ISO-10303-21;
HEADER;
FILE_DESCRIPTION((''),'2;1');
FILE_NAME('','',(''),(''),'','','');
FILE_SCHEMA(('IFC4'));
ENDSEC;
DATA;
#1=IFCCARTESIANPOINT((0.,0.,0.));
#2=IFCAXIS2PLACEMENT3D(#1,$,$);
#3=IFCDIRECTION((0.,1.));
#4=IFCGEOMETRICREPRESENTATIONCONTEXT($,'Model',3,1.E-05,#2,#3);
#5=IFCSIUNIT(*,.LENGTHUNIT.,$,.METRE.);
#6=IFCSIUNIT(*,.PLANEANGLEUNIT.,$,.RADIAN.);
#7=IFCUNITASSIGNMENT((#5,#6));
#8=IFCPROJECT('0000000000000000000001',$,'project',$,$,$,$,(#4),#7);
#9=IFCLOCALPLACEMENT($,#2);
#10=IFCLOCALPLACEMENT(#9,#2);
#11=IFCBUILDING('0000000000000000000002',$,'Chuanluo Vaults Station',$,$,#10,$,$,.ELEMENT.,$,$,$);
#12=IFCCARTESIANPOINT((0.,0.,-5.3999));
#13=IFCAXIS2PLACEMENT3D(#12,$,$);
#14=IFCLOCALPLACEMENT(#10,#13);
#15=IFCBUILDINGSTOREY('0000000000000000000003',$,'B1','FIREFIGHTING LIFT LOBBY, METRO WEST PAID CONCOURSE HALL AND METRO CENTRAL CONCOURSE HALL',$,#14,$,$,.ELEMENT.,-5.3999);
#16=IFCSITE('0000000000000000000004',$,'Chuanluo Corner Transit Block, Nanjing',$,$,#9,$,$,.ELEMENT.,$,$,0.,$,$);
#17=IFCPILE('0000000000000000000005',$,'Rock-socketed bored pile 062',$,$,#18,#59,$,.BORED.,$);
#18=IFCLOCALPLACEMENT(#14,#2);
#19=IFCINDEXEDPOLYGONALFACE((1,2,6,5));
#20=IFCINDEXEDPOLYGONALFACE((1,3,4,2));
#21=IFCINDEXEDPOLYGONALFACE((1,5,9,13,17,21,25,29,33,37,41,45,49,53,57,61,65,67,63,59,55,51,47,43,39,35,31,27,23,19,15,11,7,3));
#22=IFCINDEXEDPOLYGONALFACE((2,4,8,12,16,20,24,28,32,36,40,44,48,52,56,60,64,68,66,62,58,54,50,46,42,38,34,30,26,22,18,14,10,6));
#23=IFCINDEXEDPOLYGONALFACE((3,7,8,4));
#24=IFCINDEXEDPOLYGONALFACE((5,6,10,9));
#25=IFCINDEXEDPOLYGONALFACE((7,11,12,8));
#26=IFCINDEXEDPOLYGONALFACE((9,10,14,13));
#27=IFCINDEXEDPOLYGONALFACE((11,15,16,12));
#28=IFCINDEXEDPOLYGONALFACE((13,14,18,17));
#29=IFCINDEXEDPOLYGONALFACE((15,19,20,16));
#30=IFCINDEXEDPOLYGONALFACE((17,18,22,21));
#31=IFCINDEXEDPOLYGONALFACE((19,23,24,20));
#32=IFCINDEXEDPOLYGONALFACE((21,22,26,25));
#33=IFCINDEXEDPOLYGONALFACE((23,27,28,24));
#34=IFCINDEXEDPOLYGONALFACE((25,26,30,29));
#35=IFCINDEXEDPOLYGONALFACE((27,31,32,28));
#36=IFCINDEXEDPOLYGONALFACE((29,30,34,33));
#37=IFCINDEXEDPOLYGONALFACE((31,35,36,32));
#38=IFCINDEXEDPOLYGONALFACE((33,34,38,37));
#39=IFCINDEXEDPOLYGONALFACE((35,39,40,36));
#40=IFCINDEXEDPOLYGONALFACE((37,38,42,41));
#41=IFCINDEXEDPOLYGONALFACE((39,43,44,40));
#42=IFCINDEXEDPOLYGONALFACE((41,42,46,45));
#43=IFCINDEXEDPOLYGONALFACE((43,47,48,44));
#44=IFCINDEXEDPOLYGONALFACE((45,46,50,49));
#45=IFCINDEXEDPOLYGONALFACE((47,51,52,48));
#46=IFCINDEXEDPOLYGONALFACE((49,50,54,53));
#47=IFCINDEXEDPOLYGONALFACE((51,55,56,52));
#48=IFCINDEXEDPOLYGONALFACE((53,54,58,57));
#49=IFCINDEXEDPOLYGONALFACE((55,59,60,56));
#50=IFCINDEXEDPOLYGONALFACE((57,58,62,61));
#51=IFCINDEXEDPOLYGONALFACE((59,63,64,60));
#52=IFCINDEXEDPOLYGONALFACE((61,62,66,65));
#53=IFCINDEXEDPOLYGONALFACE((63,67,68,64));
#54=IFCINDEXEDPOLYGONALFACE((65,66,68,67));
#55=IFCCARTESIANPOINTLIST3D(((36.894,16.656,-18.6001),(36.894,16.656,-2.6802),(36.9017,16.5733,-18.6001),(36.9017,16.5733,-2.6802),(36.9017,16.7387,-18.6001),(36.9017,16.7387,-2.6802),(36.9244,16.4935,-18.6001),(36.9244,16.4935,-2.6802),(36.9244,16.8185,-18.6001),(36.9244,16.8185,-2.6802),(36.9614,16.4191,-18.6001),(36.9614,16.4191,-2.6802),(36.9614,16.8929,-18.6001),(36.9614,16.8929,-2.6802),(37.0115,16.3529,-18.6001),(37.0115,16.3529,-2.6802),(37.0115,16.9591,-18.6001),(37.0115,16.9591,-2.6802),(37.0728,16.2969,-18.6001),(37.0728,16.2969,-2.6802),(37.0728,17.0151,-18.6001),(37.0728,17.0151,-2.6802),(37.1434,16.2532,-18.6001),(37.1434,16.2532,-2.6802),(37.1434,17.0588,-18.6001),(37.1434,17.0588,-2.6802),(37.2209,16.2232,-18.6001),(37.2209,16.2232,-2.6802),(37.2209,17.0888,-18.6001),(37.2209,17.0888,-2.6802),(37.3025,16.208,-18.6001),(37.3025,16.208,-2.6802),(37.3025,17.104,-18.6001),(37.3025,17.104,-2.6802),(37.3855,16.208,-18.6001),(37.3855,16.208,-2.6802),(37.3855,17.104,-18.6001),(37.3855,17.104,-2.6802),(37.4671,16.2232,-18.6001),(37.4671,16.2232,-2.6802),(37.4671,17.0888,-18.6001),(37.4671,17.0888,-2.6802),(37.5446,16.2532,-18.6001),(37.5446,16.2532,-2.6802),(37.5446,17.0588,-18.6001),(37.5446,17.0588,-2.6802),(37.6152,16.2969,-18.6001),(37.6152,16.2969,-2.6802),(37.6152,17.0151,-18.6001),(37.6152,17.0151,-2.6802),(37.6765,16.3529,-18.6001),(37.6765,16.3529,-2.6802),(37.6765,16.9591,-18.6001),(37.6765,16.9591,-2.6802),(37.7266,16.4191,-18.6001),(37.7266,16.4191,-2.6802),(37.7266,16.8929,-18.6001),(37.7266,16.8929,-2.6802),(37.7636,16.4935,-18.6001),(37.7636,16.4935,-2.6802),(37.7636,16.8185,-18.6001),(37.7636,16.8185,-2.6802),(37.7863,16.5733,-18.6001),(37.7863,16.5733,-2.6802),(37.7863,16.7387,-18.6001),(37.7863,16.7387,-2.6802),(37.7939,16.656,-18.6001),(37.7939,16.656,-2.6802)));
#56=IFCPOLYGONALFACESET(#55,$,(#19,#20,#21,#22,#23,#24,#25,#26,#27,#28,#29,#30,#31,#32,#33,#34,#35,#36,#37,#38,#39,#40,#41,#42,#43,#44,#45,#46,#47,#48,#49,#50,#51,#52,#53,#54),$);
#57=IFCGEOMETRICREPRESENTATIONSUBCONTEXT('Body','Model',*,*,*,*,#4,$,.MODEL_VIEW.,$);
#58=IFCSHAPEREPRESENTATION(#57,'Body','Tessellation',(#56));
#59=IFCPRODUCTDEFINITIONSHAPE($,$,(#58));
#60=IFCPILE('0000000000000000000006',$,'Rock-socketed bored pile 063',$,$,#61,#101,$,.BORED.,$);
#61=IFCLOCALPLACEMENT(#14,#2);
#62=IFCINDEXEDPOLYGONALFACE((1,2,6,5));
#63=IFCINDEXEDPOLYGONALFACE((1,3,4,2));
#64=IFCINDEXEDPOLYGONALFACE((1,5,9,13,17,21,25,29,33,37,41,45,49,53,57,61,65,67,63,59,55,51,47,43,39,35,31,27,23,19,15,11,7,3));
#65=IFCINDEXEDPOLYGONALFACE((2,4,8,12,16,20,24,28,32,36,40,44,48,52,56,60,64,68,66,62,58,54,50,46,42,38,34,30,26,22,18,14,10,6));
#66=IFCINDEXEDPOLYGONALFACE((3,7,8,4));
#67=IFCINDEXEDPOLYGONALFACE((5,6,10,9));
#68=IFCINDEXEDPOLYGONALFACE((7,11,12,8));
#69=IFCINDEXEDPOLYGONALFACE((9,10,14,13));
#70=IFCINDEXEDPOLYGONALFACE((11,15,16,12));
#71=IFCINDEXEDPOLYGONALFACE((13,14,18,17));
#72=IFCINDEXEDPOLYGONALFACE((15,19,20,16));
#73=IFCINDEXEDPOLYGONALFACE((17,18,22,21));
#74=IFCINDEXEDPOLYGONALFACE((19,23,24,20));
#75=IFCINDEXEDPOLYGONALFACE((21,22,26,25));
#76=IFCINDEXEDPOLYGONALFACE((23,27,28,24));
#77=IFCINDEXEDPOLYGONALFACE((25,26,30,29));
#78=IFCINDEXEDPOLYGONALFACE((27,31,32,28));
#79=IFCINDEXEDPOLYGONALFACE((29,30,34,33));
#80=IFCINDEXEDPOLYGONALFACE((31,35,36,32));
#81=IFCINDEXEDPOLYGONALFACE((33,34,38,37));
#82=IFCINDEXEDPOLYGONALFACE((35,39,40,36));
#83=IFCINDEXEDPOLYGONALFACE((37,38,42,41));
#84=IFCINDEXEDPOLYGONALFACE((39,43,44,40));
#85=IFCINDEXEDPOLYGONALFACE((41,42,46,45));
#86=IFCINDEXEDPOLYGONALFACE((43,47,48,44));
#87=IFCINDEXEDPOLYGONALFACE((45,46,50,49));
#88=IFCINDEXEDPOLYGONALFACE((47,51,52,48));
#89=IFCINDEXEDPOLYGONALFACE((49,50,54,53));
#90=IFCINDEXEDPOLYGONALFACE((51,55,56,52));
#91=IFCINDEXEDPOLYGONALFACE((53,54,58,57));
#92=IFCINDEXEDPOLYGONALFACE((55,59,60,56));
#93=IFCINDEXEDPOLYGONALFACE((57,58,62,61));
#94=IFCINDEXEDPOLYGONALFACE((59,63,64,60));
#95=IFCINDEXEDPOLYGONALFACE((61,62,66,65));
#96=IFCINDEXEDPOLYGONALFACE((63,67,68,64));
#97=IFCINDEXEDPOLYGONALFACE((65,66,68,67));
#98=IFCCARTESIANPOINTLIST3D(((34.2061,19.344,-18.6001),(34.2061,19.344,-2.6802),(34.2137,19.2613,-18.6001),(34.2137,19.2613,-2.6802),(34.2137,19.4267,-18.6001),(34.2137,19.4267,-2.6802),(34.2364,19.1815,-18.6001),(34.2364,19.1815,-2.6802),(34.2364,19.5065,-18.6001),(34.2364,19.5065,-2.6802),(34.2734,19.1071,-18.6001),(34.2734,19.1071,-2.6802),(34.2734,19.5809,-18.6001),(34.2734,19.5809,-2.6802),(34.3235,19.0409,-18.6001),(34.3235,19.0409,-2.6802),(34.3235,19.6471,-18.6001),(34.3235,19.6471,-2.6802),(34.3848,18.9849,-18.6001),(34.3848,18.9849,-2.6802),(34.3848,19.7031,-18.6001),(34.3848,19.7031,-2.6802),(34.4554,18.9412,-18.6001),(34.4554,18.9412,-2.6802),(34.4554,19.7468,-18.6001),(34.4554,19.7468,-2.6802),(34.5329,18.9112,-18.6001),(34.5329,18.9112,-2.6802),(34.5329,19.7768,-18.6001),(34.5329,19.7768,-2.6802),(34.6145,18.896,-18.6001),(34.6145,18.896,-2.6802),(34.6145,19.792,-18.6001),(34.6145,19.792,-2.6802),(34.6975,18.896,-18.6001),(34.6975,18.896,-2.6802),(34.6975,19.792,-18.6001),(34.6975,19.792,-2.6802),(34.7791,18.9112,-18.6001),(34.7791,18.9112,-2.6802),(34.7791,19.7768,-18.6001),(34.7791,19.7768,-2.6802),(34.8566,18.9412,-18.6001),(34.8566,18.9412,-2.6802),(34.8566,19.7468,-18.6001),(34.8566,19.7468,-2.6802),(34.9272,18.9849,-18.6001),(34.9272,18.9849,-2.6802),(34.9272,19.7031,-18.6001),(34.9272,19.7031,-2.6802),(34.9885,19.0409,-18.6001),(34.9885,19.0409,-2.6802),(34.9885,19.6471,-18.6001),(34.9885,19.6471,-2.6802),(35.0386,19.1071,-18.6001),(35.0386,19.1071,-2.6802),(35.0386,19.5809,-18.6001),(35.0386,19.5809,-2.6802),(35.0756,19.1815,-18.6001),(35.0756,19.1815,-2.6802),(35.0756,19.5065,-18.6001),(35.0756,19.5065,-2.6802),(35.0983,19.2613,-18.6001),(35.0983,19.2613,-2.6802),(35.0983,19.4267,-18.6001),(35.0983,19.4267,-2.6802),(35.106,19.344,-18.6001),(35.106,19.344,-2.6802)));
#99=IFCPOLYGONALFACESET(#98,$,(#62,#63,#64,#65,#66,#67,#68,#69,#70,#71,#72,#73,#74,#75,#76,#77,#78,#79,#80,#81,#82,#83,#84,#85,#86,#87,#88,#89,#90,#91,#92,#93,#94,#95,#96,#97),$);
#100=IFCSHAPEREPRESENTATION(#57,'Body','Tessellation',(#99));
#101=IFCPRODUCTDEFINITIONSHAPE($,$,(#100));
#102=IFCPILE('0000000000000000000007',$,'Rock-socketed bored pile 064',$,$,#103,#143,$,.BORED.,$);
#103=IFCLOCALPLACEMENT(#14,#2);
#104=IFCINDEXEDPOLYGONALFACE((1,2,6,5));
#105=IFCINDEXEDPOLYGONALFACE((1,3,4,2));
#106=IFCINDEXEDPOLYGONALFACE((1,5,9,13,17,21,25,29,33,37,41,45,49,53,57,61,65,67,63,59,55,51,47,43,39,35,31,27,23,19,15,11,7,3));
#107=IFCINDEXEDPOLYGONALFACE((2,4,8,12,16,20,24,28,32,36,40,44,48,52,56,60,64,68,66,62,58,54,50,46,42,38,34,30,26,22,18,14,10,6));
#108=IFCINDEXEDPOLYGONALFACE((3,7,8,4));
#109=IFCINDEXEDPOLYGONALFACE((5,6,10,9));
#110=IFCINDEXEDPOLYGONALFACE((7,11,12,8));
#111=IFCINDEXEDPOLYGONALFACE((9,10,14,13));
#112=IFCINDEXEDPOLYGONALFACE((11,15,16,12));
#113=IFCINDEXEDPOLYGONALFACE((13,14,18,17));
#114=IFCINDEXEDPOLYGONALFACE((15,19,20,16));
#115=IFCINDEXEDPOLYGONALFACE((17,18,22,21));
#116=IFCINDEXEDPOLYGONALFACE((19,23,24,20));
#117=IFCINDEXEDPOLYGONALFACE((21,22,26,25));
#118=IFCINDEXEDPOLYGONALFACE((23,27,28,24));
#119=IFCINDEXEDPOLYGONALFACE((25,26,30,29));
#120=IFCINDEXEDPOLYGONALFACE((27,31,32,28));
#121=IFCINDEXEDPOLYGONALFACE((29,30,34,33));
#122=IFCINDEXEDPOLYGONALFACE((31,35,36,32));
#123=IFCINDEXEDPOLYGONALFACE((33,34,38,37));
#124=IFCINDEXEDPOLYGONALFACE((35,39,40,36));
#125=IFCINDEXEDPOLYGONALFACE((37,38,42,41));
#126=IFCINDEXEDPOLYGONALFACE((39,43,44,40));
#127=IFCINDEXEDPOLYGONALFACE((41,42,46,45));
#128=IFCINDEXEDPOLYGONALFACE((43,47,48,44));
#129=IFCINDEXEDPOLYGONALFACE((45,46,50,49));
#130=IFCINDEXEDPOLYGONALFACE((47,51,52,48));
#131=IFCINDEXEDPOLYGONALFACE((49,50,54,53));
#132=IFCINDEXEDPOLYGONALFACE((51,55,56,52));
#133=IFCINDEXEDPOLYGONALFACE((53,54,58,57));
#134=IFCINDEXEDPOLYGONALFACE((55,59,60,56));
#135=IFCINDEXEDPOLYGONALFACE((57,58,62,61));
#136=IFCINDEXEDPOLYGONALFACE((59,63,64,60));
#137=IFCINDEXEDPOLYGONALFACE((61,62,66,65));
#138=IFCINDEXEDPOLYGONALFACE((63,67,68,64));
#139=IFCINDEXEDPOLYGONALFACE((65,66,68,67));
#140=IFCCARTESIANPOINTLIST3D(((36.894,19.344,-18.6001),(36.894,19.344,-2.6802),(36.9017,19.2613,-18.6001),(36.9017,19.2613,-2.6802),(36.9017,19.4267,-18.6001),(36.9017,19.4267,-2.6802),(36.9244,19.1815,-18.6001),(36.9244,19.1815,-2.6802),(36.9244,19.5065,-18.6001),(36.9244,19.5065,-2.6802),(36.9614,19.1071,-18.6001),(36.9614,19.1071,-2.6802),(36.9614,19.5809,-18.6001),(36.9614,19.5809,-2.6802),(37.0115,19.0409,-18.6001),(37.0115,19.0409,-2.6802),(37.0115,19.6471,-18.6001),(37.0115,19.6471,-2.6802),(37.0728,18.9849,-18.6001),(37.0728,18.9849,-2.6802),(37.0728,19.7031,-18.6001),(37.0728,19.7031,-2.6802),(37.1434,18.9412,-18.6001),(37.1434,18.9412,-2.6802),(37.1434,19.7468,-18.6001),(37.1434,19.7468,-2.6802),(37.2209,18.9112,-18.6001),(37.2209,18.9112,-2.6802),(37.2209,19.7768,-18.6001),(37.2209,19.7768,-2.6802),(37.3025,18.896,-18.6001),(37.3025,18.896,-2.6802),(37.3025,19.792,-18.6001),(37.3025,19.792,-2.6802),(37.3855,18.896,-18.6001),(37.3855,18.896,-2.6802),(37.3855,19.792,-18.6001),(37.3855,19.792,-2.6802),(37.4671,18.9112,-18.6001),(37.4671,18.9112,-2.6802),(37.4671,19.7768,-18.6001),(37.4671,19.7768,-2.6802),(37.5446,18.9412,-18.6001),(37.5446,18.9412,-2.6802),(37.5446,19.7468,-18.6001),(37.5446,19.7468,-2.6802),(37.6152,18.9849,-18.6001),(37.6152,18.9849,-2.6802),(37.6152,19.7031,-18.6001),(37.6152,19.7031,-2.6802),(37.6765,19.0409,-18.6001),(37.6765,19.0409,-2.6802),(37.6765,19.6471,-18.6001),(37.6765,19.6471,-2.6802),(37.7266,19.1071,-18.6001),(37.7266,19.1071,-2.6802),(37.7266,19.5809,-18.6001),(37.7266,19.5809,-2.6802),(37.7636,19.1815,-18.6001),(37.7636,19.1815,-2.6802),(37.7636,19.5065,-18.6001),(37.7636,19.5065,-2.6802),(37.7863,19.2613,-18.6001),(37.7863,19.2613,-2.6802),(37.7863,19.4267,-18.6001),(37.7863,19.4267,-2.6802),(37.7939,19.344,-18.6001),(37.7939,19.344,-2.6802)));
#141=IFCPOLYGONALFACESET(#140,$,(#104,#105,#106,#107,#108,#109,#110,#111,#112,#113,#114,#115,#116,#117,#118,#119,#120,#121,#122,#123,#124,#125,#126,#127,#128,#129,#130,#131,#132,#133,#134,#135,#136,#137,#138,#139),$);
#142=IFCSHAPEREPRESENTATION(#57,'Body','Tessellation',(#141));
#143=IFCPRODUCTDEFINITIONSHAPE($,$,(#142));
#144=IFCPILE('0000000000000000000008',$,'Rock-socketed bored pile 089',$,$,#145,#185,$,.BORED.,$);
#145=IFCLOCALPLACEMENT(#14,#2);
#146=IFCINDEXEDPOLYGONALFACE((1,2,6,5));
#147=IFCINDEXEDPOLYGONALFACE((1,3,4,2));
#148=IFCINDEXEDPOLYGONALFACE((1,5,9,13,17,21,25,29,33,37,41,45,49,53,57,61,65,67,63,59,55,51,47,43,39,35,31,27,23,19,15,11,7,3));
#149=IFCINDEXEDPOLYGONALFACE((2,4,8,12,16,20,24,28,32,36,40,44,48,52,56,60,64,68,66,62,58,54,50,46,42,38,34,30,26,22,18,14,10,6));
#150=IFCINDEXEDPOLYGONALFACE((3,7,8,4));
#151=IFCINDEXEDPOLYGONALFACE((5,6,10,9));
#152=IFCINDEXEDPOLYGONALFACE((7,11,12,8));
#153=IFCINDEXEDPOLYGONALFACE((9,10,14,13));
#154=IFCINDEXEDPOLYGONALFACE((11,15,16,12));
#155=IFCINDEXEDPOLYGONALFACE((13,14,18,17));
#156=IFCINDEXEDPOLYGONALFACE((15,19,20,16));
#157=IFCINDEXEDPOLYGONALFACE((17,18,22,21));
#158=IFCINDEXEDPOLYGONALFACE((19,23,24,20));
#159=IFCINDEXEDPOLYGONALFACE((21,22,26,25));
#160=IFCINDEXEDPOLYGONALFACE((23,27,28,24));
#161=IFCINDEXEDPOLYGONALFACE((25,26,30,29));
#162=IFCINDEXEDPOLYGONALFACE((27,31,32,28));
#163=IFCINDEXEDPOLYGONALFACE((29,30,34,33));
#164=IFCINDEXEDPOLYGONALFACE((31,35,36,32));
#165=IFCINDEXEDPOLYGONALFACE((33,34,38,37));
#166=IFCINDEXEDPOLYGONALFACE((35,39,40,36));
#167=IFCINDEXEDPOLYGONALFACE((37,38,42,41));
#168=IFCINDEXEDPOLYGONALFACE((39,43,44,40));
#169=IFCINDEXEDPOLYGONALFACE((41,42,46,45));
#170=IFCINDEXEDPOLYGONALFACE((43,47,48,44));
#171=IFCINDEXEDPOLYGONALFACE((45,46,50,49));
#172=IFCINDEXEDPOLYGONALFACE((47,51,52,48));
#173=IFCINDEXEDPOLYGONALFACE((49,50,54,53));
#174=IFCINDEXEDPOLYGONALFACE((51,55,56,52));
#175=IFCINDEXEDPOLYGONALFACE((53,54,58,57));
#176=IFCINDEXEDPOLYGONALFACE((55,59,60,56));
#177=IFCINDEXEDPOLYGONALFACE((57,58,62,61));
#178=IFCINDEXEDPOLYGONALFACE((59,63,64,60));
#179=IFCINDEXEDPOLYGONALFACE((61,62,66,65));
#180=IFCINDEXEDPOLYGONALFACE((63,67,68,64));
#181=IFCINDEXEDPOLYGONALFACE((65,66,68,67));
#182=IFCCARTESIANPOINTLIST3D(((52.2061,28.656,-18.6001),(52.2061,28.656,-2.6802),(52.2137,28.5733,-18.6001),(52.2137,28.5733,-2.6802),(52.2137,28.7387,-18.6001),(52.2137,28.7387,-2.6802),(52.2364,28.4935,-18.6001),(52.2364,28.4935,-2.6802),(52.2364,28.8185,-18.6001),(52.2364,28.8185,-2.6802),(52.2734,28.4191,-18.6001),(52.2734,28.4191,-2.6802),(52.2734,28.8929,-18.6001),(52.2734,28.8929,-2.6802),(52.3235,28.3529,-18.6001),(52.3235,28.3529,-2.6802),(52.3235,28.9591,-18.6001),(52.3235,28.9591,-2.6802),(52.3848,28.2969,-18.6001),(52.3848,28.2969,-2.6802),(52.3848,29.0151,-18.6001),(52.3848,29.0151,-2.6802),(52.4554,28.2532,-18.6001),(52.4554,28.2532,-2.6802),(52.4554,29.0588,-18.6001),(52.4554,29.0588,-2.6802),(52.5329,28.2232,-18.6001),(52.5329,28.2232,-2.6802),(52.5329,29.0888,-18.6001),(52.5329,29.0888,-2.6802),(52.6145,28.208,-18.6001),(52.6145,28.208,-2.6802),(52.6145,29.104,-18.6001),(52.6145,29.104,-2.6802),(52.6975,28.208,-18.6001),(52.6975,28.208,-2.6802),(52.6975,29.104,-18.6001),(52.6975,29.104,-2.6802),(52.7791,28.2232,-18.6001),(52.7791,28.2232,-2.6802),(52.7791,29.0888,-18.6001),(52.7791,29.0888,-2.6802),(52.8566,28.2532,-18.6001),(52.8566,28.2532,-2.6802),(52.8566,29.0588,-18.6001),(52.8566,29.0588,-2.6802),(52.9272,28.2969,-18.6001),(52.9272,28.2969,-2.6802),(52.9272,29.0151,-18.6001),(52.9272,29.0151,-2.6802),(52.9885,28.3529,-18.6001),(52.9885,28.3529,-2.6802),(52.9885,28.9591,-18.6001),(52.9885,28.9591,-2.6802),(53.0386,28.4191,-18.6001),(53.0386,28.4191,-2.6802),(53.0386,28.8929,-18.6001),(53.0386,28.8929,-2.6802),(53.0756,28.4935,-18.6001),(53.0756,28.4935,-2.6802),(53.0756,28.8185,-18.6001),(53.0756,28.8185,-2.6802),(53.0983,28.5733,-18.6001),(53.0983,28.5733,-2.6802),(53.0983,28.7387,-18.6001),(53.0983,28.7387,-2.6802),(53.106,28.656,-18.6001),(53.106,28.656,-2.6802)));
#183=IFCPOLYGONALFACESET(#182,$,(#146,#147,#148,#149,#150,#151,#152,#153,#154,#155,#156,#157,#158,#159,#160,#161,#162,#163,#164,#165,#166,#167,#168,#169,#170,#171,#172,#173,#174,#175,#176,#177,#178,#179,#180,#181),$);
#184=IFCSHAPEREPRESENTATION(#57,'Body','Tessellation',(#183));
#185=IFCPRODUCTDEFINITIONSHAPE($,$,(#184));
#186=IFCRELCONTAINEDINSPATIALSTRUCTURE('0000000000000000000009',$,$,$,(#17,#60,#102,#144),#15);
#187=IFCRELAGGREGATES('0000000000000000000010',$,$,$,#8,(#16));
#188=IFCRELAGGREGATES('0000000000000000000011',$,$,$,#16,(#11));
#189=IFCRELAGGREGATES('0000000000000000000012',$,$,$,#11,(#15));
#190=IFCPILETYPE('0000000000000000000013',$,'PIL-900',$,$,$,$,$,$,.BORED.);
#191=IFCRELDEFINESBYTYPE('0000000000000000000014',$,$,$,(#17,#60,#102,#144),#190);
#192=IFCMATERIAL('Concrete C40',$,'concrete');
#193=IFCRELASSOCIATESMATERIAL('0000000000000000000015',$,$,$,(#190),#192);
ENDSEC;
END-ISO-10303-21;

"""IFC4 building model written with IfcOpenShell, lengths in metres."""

from ifc_helpers import new_model, si_unit, direction, frame, origin, origin_2d, place, context, subcontext, project, spatial, circle, extrude, material, material_profile, profile_set, type_object, element, save


model = new_model("IFC4")

# Units and contexts
model_context = context("Model", 3, precision=1e-05, world=origin(), true_north=direction((0.0, 1.0)))
body_context = subcontext(model_context, "Body", "Model", "MODEL_VIEW")
ifc_project = project(units=[si_unit("LENGTHUNIT", "METRE"), si_unit("PLANEANGLEUNIT", "RADIAN")], contexts=[model_context])

# Site, building, storey
site_placement = place(None, origin())
site = spatial("IfcSite", under=ifc_project, at=site_placement, Name="Chuanluo Corner Transit Block, Nanjing", CompositionType="ELEMENT", RefElevation=0.0)
building_placement = place(site_placement, origin())
building = spatial("IfcBuilding", under=site, at=building_placement, Name="Chuanluo Vaults Station", CompositionType="ELEMENT")
storey_placement = place(building_placement, frame((0.0, 0.0, -5.3999)))
storey = spatial("IfcBuildingStorey", under=building, at=storey_placement, Name="B1", Description="FIREFIGHTING LIFT LOBBY, METRO WEST PAID CONCOURSE HALL AND METRO CENTRAL CONCOURSE HALL", CompositionType="ELEMENT", Elevation=-5.3999)

# Piles
ifc_material_1 = material(Name="Concrete C40", Category="concrete")
ifc_material_profile_1 = material_profile(ifc_material_1, circle(Radius=0.45, at=origin_2d()))
ifc_profile_set_1 = profile_set([ifc_material_profile_1], Name="Concrete C40")
pile_type_1 = type_object("IfcPileType", Name="PIL-900", PredefinedType="BORED", material=ifc_profile_set_1)
for number, where, z_axis, x_axis, name in (
    (1, (37.344, 16.656, -2.6802), (0.0, 0.0, -1.0), (1.0, 0.0, 0.0), "Rock-socketed bored pile 062"),
    (2, (34.656, 19.344, -2.6802), (0.0, 0.0, -1.0), (1.0, 0.0, 0.0), "Rock-socketed bored pile 063"),
    (3, (37.344, 19.344, -2.6802), (0.0, 0.0, -1.0), (1.0, 0.0, 0.0), "Rock-socketed bored pile 064"),
    (4, (52.656, 28.656, -2.6802), (0.0, 0.0, -1.0), (1.0, 0.0, 0.0), "Rock-socketed bored pile 089"),
):
    element("IfcPile", number, at=place(storey_placement, frame(where, z_axis=z_axis, x_axis=x_axis)), inside=storey, type_object=pile_type_1, Name=name, PredefinedType="BORED", context=body_context, shape_type="SweptSolid", body=[
        extrude(circle(Radius=0.45, at=origin_2d()), origin(), (0.0, 0.0, 1.0), 15.9199),
    ])

save(model, "model.ifc")
